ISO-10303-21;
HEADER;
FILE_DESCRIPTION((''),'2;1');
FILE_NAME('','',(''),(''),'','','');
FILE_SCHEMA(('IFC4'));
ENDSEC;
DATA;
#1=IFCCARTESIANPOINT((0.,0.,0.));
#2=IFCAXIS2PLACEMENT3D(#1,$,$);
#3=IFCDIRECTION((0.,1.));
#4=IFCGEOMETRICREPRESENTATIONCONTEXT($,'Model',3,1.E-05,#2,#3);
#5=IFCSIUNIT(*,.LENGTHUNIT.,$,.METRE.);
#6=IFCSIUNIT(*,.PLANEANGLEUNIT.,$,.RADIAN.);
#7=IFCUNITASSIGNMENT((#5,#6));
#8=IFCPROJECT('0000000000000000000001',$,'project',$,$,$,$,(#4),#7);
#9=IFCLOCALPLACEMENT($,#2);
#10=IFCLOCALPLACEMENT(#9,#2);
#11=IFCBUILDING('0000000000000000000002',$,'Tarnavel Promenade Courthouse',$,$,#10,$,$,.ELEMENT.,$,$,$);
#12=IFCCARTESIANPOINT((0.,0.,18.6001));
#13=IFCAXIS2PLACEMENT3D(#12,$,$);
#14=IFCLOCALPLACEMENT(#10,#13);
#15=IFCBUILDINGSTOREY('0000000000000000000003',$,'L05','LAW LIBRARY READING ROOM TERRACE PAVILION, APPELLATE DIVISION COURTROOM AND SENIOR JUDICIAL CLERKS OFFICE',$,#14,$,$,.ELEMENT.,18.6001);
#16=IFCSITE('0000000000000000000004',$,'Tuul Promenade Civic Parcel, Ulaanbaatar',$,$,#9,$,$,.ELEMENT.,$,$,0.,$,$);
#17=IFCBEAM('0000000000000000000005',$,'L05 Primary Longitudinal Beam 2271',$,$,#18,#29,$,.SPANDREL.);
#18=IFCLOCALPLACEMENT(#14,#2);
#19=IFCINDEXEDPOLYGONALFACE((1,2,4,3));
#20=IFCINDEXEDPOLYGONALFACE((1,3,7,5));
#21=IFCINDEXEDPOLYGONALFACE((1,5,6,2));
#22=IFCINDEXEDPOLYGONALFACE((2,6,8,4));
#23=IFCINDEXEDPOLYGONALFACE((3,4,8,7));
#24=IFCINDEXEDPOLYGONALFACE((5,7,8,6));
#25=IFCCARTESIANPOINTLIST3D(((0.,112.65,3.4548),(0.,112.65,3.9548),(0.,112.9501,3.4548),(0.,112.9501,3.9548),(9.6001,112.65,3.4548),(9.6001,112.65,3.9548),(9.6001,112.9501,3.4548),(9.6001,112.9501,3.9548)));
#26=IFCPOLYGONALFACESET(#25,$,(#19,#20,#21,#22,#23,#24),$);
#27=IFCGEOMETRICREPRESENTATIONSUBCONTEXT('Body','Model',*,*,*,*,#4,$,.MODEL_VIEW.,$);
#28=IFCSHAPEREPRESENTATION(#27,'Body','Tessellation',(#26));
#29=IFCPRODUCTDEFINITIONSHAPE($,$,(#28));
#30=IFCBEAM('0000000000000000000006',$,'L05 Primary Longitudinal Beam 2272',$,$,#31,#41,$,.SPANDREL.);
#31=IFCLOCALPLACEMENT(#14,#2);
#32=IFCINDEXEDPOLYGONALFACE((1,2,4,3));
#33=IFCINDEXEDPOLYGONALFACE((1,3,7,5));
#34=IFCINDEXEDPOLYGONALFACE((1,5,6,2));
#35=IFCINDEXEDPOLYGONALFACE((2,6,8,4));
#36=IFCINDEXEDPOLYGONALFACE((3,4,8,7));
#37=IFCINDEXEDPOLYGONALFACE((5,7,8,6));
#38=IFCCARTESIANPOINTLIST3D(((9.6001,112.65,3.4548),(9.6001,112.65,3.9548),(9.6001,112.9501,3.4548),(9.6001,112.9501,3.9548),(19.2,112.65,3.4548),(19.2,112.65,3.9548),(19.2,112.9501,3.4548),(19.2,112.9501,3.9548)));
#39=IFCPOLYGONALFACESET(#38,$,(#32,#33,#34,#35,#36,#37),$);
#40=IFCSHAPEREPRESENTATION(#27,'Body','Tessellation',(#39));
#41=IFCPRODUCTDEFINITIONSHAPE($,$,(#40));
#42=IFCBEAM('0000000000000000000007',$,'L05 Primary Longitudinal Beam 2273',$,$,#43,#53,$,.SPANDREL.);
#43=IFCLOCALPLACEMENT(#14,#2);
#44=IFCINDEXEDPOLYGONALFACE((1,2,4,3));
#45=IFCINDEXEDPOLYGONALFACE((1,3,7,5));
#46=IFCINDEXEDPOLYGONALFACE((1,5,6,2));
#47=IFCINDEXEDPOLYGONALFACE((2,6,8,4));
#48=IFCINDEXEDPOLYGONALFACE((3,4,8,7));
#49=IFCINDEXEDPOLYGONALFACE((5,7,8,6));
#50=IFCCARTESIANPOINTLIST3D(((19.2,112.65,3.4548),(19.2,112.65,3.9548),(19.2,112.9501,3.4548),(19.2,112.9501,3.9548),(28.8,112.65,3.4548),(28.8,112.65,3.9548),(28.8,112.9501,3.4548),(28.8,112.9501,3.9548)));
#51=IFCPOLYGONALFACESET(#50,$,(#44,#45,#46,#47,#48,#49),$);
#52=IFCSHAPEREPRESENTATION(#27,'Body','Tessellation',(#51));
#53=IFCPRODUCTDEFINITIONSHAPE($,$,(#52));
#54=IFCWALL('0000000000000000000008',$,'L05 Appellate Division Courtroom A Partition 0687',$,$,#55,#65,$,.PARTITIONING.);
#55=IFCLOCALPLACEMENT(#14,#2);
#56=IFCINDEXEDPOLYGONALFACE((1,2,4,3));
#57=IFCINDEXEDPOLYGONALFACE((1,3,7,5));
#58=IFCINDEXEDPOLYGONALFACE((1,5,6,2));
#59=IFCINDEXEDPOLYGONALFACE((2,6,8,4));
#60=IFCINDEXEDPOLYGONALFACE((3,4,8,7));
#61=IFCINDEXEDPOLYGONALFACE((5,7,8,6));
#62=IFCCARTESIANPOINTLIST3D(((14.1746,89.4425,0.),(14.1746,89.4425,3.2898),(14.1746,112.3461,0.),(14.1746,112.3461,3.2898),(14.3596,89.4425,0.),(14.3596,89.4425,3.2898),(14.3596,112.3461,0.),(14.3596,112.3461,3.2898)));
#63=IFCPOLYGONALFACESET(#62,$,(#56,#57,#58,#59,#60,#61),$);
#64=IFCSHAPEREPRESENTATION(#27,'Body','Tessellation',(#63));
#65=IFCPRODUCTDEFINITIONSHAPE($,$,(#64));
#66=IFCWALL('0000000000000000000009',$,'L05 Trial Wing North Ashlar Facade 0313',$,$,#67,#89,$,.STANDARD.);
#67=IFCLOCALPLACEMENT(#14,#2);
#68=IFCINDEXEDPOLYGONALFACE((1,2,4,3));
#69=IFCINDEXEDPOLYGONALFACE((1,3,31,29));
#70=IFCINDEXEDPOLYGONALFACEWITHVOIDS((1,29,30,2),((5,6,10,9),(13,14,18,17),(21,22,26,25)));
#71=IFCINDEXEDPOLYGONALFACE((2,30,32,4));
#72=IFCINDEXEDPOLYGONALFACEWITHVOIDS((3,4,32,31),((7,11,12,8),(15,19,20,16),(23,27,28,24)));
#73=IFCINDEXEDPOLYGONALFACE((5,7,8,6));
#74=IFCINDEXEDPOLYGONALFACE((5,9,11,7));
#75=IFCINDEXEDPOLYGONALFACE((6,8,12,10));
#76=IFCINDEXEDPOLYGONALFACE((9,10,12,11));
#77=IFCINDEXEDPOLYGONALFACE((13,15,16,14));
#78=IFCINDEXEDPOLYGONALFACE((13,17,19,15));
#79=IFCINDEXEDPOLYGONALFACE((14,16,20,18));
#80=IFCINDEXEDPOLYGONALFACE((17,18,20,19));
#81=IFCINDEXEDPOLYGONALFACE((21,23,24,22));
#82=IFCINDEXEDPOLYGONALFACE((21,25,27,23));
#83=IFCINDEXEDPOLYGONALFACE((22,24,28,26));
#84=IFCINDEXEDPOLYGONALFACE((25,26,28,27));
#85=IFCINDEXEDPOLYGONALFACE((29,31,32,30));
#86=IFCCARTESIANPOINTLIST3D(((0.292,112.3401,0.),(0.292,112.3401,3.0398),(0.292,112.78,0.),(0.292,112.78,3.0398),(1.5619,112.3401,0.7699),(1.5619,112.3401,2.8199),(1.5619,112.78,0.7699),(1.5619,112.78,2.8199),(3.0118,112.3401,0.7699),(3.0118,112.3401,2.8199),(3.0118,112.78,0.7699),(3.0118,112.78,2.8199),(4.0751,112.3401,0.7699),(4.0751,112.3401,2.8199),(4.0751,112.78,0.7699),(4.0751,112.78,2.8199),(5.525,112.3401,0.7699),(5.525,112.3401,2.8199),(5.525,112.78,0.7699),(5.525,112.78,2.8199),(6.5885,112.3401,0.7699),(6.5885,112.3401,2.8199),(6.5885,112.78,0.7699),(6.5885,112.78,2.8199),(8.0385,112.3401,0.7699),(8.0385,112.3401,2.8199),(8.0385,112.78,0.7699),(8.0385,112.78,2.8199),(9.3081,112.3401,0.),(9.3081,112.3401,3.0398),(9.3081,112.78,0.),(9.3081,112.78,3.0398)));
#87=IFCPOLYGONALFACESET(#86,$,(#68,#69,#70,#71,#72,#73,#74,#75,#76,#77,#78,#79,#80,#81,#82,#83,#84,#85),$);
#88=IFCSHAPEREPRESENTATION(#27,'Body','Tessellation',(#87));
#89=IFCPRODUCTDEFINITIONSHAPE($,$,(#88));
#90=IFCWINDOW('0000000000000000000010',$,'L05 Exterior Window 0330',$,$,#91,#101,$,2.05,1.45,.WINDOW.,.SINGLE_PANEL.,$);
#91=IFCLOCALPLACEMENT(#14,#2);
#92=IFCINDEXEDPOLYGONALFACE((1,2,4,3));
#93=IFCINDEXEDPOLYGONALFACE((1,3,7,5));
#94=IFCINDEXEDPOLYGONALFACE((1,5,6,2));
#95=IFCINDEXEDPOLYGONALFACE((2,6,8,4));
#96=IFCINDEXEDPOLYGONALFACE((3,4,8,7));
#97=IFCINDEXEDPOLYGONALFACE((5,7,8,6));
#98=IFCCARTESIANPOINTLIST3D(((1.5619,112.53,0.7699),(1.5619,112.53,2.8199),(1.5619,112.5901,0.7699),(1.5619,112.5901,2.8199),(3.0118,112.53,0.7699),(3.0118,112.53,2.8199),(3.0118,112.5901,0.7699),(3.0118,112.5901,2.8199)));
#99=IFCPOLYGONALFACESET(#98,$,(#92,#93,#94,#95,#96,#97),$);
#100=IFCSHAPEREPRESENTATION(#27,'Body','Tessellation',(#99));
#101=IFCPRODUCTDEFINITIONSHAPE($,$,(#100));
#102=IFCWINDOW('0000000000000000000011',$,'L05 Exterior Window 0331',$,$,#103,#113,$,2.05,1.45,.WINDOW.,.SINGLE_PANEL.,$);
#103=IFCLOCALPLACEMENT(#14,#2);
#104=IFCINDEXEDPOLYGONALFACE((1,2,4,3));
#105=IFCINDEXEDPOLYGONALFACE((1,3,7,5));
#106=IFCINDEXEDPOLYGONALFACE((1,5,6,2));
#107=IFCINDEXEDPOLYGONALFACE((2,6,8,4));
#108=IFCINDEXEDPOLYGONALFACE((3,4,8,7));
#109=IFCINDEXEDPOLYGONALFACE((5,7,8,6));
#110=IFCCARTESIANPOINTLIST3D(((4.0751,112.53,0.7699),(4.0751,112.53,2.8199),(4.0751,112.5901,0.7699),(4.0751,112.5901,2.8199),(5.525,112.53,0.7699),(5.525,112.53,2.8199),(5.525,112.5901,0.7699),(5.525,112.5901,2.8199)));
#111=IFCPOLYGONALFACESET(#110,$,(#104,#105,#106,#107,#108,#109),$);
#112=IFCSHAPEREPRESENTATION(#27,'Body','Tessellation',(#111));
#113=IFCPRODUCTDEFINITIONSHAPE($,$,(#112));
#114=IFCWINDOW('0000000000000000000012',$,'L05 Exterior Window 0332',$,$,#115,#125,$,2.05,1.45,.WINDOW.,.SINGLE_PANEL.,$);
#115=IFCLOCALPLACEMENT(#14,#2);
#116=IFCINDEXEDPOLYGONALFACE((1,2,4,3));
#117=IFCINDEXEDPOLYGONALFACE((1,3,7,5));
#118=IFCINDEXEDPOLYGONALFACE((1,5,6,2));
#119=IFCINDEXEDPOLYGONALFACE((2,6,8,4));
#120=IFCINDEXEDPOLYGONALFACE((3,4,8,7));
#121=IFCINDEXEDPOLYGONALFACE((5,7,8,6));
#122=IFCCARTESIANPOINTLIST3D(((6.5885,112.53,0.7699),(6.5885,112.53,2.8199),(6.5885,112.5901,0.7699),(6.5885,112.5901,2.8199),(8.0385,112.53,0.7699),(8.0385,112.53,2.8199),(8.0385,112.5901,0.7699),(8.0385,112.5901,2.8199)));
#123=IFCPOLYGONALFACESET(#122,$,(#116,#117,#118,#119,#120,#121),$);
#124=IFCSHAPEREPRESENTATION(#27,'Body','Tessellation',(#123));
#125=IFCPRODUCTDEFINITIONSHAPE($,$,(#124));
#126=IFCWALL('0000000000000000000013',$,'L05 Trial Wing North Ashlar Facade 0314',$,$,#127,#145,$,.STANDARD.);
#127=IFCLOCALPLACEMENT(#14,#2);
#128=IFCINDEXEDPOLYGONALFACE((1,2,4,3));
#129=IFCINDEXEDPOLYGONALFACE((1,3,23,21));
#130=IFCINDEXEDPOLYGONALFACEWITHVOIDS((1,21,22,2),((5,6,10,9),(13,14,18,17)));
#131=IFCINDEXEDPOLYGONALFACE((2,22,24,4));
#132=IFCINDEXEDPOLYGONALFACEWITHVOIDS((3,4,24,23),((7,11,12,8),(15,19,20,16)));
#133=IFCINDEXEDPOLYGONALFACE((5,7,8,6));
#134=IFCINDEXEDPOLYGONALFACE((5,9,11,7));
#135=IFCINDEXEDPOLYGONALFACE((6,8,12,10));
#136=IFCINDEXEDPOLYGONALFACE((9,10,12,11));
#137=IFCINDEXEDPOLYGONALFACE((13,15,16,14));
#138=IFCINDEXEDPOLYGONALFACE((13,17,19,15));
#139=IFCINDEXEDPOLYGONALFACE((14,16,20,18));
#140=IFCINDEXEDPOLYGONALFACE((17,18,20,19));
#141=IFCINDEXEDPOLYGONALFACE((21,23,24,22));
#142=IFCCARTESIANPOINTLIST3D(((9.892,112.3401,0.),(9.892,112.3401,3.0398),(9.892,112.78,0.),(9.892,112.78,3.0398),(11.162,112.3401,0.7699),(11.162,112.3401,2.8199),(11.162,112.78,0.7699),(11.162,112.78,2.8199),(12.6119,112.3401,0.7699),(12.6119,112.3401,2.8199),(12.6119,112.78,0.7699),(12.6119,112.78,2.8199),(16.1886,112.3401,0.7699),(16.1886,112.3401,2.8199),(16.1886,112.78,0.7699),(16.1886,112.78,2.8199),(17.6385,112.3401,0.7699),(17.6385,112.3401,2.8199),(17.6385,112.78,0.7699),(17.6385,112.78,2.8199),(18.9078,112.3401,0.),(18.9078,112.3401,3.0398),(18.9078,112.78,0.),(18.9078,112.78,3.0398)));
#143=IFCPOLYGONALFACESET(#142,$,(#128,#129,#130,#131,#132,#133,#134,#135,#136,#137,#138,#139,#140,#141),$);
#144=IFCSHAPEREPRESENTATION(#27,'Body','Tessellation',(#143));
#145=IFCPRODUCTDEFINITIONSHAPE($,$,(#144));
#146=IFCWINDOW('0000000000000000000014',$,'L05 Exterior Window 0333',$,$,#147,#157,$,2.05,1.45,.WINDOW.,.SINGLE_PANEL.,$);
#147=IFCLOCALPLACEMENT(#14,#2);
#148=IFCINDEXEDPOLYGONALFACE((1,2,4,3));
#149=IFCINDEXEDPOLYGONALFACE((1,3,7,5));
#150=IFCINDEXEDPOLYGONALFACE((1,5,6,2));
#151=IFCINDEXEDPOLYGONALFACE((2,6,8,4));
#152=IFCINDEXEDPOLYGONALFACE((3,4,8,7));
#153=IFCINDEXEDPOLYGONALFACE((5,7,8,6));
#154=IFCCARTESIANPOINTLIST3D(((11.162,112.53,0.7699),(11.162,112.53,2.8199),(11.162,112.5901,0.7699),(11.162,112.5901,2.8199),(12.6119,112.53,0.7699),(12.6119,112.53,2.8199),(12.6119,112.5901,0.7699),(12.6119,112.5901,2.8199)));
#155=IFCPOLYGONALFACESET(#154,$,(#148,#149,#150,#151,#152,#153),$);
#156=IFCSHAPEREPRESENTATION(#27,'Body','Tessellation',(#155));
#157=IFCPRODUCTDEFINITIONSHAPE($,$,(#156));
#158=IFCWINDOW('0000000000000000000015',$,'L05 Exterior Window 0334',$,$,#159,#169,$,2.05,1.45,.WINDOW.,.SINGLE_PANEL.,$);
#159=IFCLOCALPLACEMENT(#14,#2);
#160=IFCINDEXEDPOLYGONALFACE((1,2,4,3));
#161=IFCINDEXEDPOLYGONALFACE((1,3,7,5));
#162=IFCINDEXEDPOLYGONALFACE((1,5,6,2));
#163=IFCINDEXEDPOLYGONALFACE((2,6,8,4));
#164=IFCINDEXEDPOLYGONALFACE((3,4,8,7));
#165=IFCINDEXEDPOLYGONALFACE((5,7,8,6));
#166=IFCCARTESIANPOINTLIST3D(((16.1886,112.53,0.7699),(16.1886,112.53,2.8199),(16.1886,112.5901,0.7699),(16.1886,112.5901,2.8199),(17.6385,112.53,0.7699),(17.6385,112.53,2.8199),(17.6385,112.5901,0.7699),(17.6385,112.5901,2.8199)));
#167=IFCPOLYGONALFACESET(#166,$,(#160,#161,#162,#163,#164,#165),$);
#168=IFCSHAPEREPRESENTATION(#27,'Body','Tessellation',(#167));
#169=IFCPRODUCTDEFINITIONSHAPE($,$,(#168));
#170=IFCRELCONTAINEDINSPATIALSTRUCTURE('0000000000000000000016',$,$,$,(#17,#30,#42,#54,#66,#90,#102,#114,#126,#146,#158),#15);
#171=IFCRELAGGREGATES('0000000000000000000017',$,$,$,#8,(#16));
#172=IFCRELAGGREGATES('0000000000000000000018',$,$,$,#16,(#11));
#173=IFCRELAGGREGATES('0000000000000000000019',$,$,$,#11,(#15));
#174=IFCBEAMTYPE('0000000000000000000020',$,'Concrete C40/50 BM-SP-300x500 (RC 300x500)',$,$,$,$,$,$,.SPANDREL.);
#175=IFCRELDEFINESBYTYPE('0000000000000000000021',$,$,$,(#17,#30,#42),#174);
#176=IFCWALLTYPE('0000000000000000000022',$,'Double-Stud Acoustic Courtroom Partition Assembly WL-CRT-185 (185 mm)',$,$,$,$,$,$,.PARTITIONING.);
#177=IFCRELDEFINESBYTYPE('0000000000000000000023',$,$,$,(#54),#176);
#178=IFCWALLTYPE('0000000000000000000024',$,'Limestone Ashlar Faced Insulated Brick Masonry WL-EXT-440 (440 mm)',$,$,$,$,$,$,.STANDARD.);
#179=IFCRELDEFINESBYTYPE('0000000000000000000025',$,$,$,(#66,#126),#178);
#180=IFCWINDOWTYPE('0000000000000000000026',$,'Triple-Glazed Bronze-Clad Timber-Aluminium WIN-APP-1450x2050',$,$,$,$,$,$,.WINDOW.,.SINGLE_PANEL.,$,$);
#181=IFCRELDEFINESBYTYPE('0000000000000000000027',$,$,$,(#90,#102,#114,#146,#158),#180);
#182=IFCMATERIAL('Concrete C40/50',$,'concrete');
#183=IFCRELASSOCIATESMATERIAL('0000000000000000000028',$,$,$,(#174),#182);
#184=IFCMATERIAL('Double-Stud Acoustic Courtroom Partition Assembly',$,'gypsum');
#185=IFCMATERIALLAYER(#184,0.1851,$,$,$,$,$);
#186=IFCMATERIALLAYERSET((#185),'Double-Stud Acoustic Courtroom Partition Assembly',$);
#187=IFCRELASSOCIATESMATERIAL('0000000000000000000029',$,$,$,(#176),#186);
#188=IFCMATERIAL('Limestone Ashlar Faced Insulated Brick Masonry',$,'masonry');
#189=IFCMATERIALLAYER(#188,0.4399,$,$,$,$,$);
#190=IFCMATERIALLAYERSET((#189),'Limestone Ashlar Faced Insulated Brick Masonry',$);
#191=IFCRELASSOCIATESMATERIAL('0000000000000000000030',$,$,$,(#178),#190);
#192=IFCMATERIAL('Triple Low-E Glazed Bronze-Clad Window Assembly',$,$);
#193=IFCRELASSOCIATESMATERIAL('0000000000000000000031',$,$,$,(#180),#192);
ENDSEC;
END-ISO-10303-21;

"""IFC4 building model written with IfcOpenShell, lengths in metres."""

from ifc_helpers import new_model, si_unit, direction, frame, frame_2d, origin, origin_2d, place, context, subcontext, project, spatial, rectangle, extrude, material, layer, layer_set, material_profile, profile_set, type_object, element, fill, save


model = new_model("IFC4")

# Units and contexts
model_context = context("Model", 3, precision=1e-05, world=origin(), true_north=direction((0.0, 1.0)))
body_context = subcontext(model_context, "Body", "Model", "MODEL_VIEW")
ifc_project = project(units=[si_unit("LENGTHUNIT", "METRE"), si_unit("PLANEANGLEUNIT", "RADIAN")], contexts=[model_context])

# Site, building, storey
site_placement = place(None, origin())
site = spatial("IfcSite", under=ifc_project, at=site_placement, Name="Tuul Promenade Civic Parcel, Ulaanbaatar", CompositionType="ELEMENT", RefElevation=0.0)
building_placement = place(site_placement, origin())
building = spatial("IfcBuilding", under=site, at=building_placement, Name="Tarnavel Promenade Courthouse", CompositionType="ELEMENT")
storey_placement = place(building_placement, frame((0.0, 0.0, 18.6001)))
storey = spatial("IfcBuildingStorey", under=building, at=storey_placement, Name="L05", Description="LAW LIBRARY READING ROOM TERRACE PAVILION, APPELLATE DIVISION COURTROOM AND SENIOR JUDICIAL CLERKS OFFICE", CompositionType="ELEMENT", Elevation=18.6001)

# Shared definitions
ifc_material_1 = material(Name="Concrete C40/50", Category="concrete")

# Beams
ifc_material_profile_1 = material_profile(ifc_material_1, rectangle(XDim=0.3, YDim=0.5, at=origin_2d()), Name="RC 300x500")
ifc_profile_set_1 = profile_set([ifc_material_profile_1], Name="Concrete C40/50")
beam_type_1 = type_object("IfcBeamType", Name="Concrete C40/50 BM-SP-300x500 (RC 300x500)", PredefinedType="SPANDREL", material=ifc_profile_set_1)
beam_1_placement = place(storey_placement, frame((0.0, 112.8, 3.7048), z_axis=(1.0, 0.0, 0.0), x_axis=(0.0, 1.0, 0.0)))
element("IfcBeam", 1, at=beam_1_placement, inside=storey, type_object=beam_type_1, Name="L05 Primary Longitudinal Beam 2271", PredefinedType="SPANDREL", context=body_context, shape_type="SweptSolid", body=[
    extrude(rectangle(XDim=0.3, YDim=0.5, at=origin_2d()), origin(), (0.0, 0.0, 1.0), 9.6001),
])
beam_2_placement = place(storey_placement, frame((9.6001, 112.8, 3.7048), z_axis=(1.0, 0.0, 0.0), x_axis=(0.0, 1.0, 0.0)))
element("IfcBeam", 2, at=beam_2_placement, inside=storey, type_object=beam_type_1, Name="L05 Primary Longitudinal Beam 2272", PredefinedType="SPANDREL", context=body_context, shape_type="SweptSolid", body=[
    extrude(rectangle(XDim=0.3, YDim=0.5, at=origin_2d()), origin(), (0.0, 0.0, 1.0), 9.5999),
])
beam_3_placement = place(storey_placement, frame((19.2, 112.8, 3.7048), z_axis=(1.0, 0.0, 0.0), x_axis=(0.0, 1.0, 0.0)))
element("IfcBeam", 3, at=beam_3_placement, inside=storey, type_object=beam_type_1, Name="L05 Primary Longitudinal Beam 2273", PredefinedType="SPANDREL", context=body_context, shape_type="SweptSolid", body=[
    extrude(rectangle(XDim=0.3, YDim=0.5, at=origin_2d()), origin(), (0.0, 0.0, 1.0), 9.6001),
])

# Wall
ifc_material_2 = material(Name="Double-Stud Acoustic Courtroom Partition Assembly", Category="gypsum")
ifc_layer_1 = layer(ifc_material_2, 0.1851)
ifc_layer_set_1 = layer_set([ifc_layer_1], Name="Double-Stud Acoustic Courtroom Partition Assembly")
wall_type_1 = type_object("IfcWallType", Name="Double-Stud Acoustic Courtroom Partition Assembly WL-CRT-185 (185 mm)", PredefinedType="PARTITIONING", material=ifc_layer_set_1)
wall_1_placement = place(storey_placement, frame((14.2671, 112.3459, 0.0), z_axis=(0.0, 0.0, 1.0), x_axis=(0.0, -1.0, 0.0)))
element("IfcWall", 4, at=wall_1_placement, inside=storey, type_object=wall_type_1, Name="L05 Appellate Division Courtroom A Partition 0687", PredefinedType="PARTITIONING", context=body_context, shape_type="SweptSolid", body=[
    extrude(rectangle(XDim=22.9036, YDim=0.1851, at=frame_2d((11.4517, 0.0))), origin(), (0.0, 0.0, 1.0), 3.2898),
])

# Walls, openings, windows
ifc_material_3 = material(Name="Limestone Ashlar Faced Insulated Brick Masonry", Category="masonry")
ifc_layer_2 = layer(ifc_material_3, 0.4399)
ifc_layer_set_2 = layer_set([ifc_layer_2], Name="Limestone Ashlar Faced Insulated Brick Masonry")
wall_type_2 = type_object("IfcWallType", Name="Limestone Ashlar Faced Insulated Brick Masonry WL-EXT-440 (440 mm)", PredefinedType="STANDARD", material=ifc_layer_set_2)
wall_2_placement = place(storey_placement, frame((0.292, 112.5601, 0.0), z_axis=(0.0, 0.0, 1.0), x_axis=(1.0, 0.0, 0.0)))
wall_2 = element("IfcWall", 5, at=wall_2_placement, inside=storey, type_object=wall_type_2, Name="L05 Trial Wing North Ashlar Facade 0313", PredefinedType="STANDARD", context=body_context, shape_type="SweptSolid", body=[
    extrude(rectangle(XDim=9.0161, YDim=0.4399, at=frame_2d((4.5081, 0.0))), origin(), (0.0, 0.0, 1.0), 3.0398),
])
opening_1_placement = place(wall_2_placement, frame((1.2698, 0.0, 0.77)))
opening_1 = element("IfcOpeningElement", 6, at=opening_1_placement, cuts=wall_2, PredefinedType="OPENING", context=body_context, shape_type="SweptSolid", body=[
    extrude(rectangle(XDim=1.45, YDim=2.05, at=frame_2d((0.7251, 1.0249))), frame((0.0, 0.23, 0.0), z_axis=(0.0, -1.0, 0.0), x_axis=(1.0, 0.0, 0.0)), (0.0, 0.0, 1.0), 0.46),
])
opening_2_placement = place(wall_2_placement, frame((3.783, 0.0, 0.77)))
opening_2 = element("IfcOpeningElement", 7, at=opening_2_placement, cuts=wall_2, PredefinedType="OPENING", context=body_context, shape_type="SweptSolid", body=[
    extrude(rectangle(XDim=1.45, YDim=2.05, at=frame_2d((0.7251, 1.0249))), frame((0.0, 0.23, 0.0), z_axis=(0.0, -1.0, 0.0), x_axis=(1.0, 0.0, 0.0)), (0.0, 0.0, 1.0), 0.46),
])
opening_3_placement = place(wall_2_placement, frame((6.2964, 0.0, 0.77)))
opening_3 = element("IfcOpeningElement", 8, at=opening_3_placement, cuts=wall_2, PredefinedType="OPENING", context=body_context, shape_type="SweptSolid", body=[
    extrude(rectangle(XDim=1.45, YDim=2.05, at=frame_2d((0.7251, 1.0249))), frame((0.0, 0.23, 0.0), z_axis=(0.0, -1.0, 0.0), x_axis=(1.0, 0.0, 0.0)), (0.0, 0.0, 1.0), 0.46),
])
ifc_material_4 = material(Name="Triple Low-E Glazed Bronze-Clad Window Assembly")
window_type = type_object("IfcWindowType", Name="Triple-Glazed Bronze-Clad Timber-Aluminium WIN-APP-1450x2050", PartitioningType="SINGLE_PANEL", PredefinedType="WINDOW", material=ifc_material_4)
window_1_placement = place(opening_1_placement, origin())
window_1 = element("IfcWindow", 9, at=window_1_placement, inside=storey, type_object=window_type, Name="L05 Exterior Window 0330", OverallHeight=2.05, OverallWidth=1.45, PartitioningType="SINGLE_PANEL", PredefinedType="WINDOW", context=body_context, shape_type="SweptSolid", body=[
    extrude(rectangle(XDim=1.45, YDim=2.05, at=frame_2d((0.7251, 1.0249))), frame((0.0, 0.03, 0.0), z_axis=(0.0, -1.0, 0.0), x_axis=(1.0, 0.0, 0.0)), (0.0, 0.0, 1.0), 0.0601),
])
fill(opening_1, window_1)
window_2_placement = place(opening_2_placement, origin())
window_2 = element("IfcWindow", 10, at=window_2_placement, inside=storey, type_object=window_type, Name="L05 Exterior Window 0331", OverallHeight=2.05, OverallWidth=1.45, PartitioningType="SINGLE_PANEL", PredefinedType="WINDOW", context=body_context, shape_type="SweptSolid", body=[
    extrude(rectangle(XDim=1.45, YDim=2.05, at=frame_2d((0.7251, 1.0249))), frame((0.0, 0.03, 0.0), z_axis=(0.0, -1.0, 0.0), x_axis=(1.0, 0.0, 0.0)), (0.0, 0.0, 1.0), 0.0601),
])
fill(opening_2, window_2)
window_3_placement = place(opening_3_placement, origin())
window_3 = element("IfcWindow", 11, at=window_3_placement, inside=storey, type_object=window_type, Name="L05 Exterior Window 0332", OverallHeight=2.05, OverallWidth=1.45, PartitioningType="SINGLE_PANEL", PredefinedType="WINDOW", context=body_context, shape_type="SweptSolid", body=[
    extrude(rectangle(XDim=1.45, YDim=2.05, at=frame_2d((0.7251, 1.0249))), frame((0.0, 0.03, 0.0), z_axis=(0.0, -1.0, 0.0), x_axis=(1.0, 0.0, 0.0)), (0.0, 0.0, 1.0), 0.0601),
])
fill(opening_3, window_3)
wall_3_placement = place(storey_placement, frame((9.8921, 112.5601, 0.0), z_axis=(0.0, 0.0, 1.0), x_axis=(1.0, 0.0, 0.0)))
wall_3 = element("IfcWall", 12, at=wall_3_placement, inside=storey, type_object=wall_type_2, Name="L05 Trial Wing North Ashlar Facade 0314", PredefinedType="STANDARD", context=body_context, shape_type="SweptSolid", body=[
    extrude(rectangle(XDim=9.0159, YDim=0.4399, at=frame_2d((4.5078, 0.0))), origin(), (0.0, 0.0, 1.0), 3.0398),
])
opening_4_placement = place(wall_3_placement, frame((1.2698, 0.0, 0.77)))
opening_4 = element("IfcOpeningElement", 13, at=opening_4_placement, cuts=wall_3, PredefinedType="OPENING", context=body_context, shape_type="SweptSolid", body=[
    extrude(rectangle(XDim=1.45, YDim=2.05, at=frame_2d((0.7251, 1.0249))), frame((0.0, 0.23, 0.0), z_axis=(0.0, -1.0, 0.0), x_axis=(1.0, 0.0, 0.0)), (0.0, 0.0, 1.0), 0.46),
])
opening_5_placement = place(wall_3_placement, frame((6.2964, 0.0, 0.77)))
opening_5 = element("IfcOpeningElement", 14, at=opening_5_placement, cuts=wall_3, PredefinedType="OPENING", context=body_context, shape_type="SweptSolid", body=[
    extrude(rectangle(XDim=1.45, YDim=2.05, at=frame_2d((0.7251, 1.0249))), frame((0.0, 0.23, 0.0), z_axis=(0.0, -1.0, 0.0), x_axis=(1.0, 0.0, 0.0)), (0.0, 0.0, 1.0), 0.46),
])
window_4_placement = place(opening_4_placement, origin())
window_4 = element("IfcWindow", 15, at=window_4_placement, inside=storey, type_object=window_type, Name="L05 Exterior Window 0333", OverallHeight=2.05, OverallWidth=1.45, PartitioningType="SINGLE_PANEL", PredefinedType="WINDOW", context=body_context, shape_type="SweptSolid", body=[
    extrude(rectangle(XDim=1.45, YDim=2.05, at=frame_2d((0.7251, 1.0249))), frame((0.0, 0.03, 0.0), z_axis=(0.0, -1.0, 0.0), x_axis=(1.0, 0.0, 0.0)), (0.0, 0.0, 1.0), 0.0601),
])
fill(opening_4, window_4)
window_5_placement = place(opening_5_placement, origin())
window_5 = element("IfcWindow", 16, at=window_5_placement, inside=storey, type_object=window_type, Name="L05 Exterior Window 0334", OverallHeight=2.05, OverallWidth=1.45, PartitioningType="SINGLE_PANEL", PredefinedType="WINDOW", context=body_context, shape_type="SweptSolid", body=[
    extrude(rectangle(XDim=1.45, YDim=2.05, at=frame_2d((0.7251, 1.0249))), frame((0.0, 0.03, 0.0), z_axis=(0.0, -1.0, 0.0), x_axis=(1.0, 0.0, 0.0)), (0.0, 0.0, 1.0), 0.0601),
])
fill(opening_5, window_5)

save(model, "model.ifc")
